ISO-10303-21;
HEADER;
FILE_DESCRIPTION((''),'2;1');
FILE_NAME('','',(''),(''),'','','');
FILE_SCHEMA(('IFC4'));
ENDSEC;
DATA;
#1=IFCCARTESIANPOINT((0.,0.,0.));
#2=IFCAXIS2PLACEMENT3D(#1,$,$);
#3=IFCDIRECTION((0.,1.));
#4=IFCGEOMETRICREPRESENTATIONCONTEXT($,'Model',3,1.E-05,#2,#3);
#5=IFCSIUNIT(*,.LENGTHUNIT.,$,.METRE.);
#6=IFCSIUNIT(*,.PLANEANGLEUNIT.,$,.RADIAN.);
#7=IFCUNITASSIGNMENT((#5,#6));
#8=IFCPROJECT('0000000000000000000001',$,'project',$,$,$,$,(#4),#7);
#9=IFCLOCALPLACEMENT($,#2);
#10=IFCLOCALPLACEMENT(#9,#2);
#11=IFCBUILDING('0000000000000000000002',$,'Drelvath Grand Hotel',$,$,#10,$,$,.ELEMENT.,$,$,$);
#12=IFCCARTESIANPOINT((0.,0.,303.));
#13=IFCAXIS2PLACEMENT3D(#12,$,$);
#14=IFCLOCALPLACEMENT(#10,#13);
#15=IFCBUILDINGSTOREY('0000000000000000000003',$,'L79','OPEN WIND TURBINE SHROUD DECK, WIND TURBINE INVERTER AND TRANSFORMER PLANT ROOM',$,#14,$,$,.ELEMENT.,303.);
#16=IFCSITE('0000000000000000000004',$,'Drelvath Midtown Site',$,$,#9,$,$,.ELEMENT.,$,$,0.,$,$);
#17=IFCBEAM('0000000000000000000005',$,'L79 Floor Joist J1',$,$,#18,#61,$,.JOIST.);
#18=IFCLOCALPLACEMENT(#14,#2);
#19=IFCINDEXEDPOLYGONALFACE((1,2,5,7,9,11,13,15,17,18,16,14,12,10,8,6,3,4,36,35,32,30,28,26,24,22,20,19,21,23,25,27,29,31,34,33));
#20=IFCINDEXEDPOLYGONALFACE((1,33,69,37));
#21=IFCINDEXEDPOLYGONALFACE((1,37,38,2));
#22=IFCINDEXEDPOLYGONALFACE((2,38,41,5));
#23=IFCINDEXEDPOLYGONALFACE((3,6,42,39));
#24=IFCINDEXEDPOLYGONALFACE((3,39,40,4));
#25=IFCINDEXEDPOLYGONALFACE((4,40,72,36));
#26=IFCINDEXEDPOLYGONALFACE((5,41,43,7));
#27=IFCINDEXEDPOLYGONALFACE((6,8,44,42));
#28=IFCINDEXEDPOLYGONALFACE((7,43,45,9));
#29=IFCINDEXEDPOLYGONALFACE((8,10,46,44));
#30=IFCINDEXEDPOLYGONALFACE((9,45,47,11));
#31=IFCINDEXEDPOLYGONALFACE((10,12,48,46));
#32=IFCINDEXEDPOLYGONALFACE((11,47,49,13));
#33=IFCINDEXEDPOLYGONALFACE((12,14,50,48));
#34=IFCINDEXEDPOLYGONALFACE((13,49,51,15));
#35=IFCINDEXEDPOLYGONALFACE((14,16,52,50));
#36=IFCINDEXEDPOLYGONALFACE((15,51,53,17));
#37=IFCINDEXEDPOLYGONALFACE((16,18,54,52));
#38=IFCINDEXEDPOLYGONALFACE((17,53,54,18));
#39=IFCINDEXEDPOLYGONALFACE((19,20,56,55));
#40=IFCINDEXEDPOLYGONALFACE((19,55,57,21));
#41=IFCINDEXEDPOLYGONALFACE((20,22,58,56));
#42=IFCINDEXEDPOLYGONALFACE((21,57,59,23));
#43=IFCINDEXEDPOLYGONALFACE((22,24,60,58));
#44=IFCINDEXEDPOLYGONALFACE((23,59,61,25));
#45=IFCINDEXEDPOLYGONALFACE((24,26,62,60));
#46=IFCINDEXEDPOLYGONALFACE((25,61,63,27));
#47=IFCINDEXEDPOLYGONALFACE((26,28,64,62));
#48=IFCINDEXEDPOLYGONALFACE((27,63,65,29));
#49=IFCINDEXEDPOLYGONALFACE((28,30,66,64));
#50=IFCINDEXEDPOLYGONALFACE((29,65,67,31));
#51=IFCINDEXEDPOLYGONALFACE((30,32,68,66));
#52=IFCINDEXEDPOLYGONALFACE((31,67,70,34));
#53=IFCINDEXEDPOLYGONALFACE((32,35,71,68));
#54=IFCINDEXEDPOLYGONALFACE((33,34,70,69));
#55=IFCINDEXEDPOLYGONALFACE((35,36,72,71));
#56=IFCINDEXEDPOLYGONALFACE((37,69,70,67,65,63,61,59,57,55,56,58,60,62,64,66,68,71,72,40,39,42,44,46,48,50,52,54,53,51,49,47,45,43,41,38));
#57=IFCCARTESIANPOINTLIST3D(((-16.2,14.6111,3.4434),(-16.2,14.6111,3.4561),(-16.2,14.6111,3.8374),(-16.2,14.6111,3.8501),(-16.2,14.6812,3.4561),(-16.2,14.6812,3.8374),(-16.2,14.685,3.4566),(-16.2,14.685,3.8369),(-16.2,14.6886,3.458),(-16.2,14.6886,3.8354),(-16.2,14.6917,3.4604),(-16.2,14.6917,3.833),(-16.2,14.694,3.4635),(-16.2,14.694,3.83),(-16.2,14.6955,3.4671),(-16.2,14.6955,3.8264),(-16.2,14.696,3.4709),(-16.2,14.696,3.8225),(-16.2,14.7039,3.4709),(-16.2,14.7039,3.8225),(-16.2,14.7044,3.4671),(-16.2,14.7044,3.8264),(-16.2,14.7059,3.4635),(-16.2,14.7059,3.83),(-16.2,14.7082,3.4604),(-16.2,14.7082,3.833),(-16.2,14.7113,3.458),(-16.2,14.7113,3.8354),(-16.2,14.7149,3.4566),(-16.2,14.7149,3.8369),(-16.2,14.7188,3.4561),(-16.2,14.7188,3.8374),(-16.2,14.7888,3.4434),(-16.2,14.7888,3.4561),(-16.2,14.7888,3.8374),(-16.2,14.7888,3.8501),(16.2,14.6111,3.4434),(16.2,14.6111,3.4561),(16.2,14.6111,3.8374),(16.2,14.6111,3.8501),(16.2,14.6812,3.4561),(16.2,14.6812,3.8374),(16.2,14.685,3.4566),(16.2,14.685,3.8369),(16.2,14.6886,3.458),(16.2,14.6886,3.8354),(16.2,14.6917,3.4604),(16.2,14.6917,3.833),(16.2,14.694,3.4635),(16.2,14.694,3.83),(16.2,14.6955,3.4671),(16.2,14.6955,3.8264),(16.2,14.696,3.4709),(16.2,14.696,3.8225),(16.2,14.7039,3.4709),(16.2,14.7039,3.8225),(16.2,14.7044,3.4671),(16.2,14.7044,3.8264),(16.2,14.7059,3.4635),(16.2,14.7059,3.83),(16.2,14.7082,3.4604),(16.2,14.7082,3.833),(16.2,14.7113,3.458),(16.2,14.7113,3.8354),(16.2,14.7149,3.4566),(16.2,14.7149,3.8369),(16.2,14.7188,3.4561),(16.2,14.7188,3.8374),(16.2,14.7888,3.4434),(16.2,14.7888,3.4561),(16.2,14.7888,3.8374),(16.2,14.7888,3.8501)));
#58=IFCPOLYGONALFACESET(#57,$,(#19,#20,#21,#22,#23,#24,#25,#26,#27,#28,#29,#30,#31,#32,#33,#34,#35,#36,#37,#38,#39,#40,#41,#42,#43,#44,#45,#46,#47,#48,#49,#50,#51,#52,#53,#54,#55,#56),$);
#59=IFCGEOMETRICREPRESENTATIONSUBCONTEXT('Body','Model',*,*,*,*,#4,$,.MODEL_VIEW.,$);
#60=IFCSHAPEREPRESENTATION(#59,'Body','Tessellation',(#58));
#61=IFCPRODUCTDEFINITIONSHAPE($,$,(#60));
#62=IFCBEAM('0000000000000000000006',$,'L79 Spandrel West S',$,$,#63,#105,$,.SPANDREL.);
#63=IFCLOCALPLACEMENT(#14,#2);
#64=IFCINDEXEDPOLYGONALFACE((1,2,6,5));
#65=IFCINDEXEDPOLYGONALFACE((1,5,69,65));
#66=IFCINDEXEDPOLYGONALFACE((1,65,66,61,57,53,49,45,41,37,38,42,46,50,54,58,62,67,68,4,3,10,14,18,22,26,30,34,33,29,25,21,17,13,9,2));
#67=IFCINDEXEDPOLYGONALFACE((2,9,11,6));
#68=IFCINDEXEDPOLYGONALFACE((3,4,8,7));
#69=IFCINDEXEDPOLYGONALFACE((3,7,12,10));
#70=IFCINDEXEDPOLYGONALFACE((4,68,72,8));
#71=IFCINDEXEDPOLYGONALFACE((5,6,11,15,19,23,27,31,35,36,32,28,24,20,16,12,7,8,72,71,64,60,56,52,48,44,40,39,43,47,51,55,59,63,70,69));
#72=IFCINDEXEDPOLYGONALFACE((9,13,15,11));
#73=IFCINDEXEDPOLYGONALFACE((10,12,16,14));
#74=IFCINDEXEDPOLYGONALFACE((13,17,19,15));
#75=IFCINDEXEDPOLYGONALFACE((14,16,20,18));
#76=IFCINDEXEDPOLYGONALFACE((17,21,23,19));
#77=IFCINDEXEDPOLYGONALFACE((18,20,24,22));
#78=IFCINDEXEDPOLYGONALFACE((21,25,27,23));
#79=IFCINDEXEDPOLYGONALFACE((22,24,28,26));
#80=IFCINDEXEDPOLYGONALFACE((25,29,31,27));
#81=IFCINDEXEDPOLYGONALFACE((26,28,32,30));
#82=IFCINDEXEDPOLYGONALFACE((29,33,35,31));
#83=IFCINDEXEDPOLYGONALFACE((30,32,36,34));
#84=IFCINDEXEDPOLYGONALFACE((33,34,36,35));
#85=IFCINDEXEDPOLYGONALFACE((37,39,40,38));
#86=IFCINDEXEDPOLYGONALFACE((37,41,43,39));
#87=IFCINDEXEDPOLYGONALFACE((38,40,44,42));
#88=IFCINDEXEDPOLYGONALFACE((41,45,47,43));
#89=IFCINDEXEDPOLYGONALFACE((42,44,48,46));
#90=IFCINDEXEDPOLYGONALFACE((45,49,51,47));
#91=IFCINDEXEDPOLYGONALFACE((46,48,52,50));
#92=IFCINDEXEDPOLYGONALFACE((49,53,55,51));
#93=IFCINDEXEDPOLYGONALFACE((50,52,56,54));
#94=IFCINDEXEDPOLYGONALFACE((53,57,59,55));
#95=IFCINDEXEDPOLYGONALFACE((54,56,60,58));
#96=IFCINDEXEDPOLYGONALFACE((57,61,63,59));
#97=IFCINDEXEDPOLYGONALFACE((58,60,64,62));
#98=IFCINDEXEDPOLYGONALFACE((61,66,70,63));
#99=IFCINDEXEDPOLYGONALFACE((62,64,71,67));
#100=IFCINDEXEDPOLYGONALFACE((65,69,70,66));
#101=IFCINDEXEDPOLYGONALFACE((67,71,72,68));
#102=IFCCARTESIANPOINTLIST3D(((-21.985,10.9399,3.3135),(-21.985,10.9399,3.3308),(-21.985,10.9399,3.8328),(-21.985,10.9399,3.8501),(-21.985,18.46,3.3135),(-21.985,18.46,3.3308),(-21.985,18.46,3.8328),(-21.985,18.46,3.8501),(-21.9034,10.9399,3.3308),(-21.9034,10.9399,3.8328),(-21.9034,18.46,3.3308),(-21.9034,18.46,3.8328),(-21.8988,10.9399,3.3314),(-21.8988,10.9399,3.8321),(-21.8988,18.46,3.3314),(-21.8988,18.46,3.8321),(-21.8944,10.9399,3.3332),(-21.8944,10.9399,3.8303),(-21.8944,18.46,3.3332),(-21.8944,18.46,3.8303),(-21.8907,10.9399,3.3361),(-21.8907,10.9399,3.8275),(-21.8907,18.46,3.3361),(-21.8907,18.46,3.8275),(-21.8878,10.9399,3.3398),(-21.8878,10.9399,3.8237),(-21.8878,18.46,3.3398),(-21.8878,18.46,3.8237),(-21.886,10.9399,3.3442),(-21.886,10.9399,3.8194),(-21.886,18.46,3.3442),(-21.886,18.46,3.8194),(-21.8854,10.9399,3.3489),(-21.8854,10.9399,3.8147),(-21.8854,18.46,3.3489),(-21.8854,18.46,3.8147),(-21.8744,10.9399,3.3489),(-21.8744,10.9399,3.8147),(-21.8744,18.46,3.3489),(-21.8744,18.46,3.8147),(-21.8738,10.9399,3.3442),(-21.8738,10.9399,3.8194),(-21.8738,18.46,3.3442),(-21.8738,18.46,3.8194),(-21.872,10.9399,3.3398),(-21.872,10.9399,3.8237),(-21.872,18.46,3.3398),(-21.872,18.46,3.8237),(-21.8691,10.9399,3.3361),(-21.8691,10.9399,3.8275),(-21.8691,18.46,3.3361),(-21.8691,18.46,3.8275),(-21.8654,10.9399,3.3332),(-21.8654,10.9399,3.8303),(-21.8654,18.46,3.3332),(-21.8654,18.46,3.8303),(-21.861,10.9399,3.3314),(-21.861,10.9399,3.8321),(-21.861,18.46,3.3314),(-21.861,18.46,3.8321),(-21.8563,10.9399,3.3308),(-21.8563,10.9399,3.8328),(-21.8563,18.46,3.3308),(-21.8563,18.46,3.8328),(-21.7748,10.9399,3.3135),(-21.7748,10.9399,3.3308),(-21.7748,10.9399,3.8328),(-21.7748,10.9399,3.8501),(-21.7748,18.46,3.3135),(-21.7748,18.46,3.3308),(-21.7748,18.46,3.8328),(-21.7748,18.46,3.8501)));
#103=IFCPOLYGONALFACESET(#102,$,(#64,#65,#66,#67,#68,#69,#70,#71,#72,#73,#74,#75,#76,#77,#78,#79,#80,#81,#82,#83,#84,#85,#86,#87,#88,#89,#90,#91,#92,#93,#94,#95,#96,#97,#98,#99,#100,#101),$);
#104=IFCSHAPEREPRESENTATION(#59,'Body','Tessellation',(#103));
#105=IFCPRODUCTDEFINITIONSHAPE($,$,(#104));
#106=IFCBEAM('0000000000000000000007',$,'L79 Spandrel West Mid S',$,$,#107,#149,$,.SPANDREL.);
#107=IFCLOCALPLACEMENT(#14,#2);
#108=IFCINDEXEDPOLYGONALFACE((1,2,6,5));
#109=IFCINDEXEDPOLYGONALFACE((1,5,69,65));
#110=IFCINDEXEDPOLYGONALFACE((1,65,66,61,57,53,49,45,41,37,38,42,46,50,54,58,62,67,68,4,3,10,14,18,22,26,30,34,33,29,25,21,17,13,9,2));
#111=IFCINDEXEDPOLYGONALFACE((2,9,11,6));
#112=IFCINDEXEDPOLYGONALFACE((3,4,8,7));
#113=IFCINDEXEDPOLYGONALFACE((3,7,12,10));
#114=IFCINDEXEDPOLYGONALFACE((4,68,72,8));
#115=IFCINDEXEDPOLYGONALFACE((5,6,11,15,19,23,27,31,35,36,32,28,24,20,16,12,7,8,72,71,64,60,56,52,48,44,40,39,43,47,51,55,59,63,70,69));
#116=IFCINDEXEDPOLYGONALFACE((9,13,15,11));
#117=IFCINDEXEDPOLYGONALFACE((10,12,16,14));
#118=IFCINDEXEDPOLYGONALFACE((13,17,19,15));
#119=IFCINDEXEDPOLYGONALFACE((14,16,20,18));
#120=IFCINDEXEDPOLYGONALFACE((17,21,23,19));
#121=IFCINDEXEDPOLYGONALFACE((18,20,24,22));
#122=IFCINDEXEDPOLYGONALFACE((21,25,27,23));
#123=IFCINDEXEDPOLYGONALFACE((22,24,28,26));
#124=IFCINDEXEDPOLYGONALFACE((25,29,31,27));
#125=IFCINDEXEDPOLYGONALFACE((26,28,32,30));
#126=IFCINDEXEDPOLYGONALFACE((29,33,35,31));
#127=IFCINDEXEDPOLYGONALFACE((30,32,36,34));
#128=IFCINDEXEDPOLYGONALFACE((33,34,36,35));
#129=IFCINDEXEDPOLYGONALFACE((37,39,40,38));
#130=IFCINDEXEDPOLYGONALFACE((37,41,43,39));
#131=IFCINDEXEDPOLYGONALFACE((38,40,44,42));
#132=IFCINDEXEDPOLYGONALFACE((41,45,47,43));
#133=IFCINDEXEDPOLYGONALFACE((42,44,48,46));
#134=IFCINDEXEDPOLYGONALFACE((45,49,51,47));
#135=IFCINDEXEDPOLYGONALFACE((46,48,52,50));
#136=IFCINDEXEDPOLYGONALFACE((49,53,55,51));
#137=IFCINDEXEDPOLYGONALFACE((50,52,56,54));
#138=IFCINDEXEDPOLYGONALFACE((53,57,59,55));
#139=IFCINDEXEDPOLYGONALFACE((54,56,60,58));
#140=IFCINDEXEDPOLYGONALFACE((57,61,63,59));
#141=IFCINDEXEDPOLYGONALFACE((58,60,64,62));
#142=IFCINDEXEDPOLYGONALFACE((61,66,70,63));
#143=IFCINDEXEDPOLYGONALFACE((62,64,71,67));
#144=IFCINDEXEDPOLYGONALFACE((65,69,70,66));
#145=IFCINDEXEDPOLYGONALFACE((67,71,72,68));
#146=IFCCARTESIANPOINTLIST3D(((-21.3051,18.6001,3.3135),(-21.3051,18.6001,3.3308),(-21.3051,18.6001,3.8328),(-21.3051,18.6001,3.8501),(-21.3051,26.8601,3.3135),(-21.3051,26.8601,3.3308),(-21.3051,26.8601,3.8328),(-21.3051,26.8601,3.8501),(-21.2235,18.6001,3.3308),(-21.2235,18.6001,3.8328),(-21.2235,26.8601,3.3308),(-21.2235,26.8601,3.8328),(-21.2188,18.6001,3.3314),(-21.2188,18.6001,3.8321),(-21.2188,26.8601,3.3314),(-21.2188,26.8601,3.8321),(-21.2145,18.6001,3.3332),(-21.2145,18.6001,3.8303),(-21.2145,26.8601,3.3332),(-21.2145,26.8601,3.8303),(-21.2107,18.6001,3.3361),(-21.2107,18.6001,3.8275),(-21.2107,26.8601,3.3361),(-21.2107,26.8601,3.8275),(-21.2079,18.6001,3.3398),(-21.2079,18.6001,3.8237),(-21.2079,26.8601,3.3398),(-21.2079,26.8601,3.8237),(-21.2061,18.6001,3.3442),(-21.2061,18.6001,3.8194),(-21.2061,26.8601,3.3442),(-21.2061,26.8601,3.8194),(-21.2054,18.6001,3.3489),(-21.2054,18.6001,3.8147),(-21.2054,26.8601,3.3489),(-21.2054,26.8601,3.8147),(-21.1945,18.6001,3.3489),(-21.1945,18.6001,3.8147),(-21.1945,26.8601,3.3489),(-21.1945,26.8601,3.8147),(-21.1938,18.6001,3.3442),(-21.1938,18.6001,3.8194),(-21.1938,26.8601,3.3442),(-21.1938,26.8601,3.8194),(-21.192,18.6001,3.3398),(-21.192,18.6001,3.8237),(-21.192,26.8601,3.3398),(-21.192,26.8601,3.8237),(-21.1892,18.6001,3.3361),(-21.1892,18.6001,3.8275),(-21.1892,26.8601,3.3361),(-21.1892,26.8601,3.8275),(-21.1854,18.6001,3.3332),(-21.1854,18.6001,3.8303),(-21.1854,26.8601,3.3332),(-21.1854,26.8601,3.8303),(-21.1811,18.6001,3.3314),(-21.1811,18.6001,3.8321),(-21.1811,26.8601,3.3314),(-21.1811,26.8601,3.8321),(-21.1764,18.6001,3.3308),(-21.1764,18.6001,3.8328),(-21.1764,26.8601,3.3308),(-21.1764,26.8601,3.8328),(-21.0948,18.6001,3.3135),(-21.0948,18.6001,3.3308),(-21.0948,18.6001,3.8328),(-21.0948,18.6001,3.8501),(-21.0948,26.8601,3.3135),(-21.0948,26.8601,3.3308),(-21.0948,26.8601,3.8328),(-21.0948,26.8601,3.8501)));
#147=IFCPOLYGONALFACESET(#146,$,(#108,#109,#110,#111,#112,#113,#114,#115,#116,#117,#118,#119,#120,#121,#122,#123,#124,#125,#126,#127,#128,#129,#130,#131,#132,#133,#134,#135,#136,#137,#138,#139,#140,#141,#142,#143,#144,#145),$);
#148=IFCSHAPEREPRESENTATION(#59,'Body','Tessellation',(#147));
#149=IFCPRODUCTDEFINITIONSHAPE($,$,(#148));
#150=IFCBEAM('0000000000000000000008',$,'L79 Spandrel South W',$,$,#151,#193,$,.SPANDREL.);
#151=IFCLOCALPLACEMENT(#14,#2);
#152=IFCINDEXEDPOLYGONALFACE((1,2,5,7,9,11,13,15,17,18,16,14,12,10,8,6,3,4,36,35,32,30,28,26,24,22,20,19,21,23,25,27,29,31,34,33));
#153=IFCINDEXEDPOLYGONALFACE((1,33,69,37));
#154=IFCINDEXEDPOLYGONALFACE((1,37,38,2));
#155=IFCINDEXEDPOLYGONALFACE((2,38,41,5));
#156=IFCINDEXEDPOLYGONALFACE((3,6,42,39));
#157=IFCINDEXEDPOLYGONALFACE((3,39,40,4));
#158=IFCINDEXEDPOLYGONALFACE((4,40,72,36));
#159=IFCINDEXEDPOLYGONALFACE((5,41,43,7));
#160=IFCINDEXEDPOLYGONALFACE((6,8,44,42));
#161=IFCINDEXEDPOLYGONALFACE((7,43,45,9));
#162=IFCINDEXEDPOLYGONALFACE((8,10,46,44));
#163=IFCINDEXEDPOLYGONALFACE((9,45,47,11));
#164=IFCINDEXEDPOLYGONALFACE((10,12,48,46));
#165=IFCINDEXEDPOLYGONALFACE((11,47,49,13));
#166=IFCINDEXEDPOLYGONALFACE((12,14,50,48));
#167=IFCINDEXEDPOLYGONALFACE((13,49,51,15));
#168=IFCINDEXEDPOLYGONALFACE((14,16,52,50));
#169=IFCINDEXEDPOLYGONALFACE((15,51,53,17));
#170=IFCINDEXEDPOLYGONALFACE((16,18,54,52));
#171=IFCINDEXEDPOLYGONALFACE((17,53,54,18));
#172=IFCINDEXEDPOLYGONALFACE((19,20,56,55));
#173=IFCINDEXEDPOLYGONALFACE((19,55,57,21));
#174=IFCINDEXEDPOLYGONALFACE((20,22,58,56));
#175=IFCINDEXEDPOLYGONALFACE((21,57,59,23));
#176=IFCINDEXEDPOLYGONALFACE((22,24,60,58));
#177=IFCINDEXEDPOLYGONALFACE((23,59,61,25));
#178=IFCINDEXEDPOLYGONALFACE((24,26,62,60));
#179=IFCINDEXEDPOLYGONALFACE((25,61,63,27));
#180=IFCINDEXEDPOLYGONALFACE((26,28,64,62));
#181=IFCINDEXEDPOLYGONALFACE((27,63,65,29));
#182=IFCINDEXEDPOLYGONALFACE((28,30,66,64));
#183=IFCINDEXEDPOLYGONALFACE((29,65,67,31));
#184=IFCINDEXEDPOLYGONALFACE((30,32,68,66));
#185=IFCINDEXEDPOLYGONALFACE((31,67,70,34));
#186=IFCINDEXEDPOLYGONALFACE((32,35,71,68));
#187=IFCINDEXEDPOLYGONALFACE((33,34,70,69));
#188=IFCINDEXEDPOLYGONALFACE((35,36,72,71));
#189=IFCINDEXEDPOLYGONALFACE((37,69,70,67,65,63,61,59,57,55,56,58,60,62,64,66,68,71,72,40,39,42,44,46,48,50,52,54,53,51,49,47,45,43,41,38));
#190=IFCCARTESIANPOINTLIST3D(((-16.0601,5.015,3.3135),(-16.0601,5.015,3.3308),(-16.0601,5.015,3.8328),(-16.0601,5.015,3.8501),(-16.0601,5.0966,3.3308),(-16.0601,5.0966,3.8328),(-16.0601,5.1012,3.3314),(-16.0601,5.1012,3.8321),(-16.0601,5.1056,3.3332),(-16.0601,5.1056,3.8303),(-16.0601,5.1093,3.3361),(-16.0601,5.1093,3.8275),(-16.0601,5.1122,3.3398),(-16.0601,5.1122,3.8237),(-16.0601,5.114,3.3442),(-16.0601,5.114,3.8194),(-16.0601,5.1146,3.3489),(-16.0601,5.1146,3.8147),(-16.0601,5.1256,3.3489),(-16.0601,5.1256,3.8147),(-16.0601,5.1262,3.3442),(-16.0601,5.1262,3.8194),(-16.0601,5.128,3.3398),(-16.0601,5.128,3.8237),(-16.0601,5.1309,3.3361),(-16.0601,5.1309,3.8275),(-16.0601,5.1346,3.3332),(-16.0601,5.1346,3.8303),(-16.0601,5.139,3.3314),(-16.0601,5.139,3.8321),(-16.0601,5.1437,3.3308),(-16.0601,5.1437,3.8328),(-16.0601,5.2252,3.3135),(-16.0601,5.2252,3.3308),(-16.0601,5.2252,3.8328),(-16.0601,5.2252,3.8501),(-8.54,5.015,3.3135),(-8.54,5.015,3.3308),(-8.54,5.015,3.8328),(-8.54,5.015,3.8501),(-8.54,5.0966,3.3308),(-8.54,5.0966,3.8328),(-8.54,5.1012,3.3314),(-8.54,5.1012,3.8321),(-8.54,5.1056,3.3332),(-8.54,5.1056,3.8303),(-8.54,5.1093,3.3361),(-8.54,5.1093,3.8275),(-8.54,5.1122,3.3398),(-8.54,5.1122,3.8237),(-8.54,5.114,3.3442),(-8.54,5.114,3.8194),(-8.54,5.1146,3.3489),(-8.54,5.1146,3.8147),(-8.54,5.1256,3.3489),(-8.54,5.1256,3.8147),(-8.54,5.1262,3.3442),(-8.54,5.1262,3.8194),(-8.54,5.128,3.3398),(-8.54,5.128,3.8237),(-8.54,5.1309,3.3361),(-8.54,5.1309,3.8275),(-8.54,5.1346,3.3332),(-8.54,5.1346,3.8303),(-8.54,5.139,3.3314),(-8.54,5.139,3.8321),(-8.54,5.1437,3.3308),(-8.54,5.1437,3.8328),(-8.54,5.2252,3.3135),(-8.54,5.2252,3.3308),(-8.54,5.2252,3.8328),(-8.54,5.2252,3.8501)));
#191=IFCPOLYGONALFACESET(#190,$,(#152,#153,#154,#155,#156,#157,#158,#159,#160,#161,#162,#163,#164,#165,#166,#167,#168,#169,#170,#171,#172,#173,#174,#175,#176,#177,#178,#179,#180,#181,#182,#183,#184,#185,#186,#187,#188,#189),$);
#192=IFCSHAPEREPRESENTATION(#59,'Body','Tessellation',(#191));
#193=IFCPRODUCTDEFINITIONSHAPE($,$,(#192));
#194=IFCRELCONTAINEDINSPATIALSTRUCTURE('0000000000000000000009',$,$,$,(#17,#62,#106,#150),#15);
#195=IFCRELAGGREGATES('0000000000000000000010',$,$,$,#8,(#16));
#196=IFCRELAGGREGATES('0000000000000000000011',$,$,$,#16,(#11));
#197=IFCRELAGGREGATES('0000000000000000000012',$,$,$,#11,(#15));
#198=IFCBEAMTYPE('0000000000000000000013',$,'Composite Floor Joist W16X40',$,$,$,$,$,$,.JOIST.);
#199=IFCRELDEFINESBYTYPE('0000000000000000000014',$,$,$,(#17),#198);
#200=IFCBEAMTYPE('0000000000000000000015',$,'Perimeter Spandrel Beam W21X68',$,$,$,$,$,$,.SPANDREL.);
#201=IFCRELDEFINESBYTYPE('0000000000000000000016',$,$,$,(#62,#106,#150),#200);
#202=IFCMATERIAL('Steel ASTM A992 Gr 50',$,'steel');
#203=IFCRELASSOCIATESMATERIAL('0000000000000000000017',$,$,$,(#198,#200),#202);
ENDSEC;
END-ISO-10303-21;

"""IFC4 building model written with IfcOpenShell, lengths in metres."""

from ifc_helpers import new_model, si_unit, direction, frame, origin, origin_2d, place, context, subcontext, project, spatial, i_section, extrude, material, material_profile, profile_set, type_object, element, save


model = new_model("IFC4")

# Units and contexts
model_context = context("Model", 3, precision=1e-05, world=origin(), true_north=direction((0.0, 1.0)))
body_context = subcontext(model_context, "Body", "Model", "MODEL_VIEW")
ifc_project = project(units=[si_unit("LENGTHUNIT", "METRE"), si_unit("PLANEANGLEUNIT", "RADIAN")], contexts=[model_context])

# Site, building, storey
site_placement = place(None, origin())
site = spatial("IfcSite", under=ifc_project, at=site_placement, Name="Drelvath Midtown Site", CompositionType="ELEMENT", RefElevation=0.0)
building_placement = place(site_placement, origin())
building = spatial("IfcBuilding", under=site, at=building_placement, Name="Drelvath Grand Hotel", CompositionType="ELEMENT")
storey_placement = place(building_placement, frame((0.0, 0.0, 303.0)))
storey = spatial("IfcBuildingStorey", under=building, at=storey_placement, Name="L79", Description="OPEN WIND TURBINE SHROUD DECK, WIND TURBINE INVERTER AND TRANSFORMER PLANT ROOM", CompositionType="ELEMENT", Elevation=303.0)

# Beams
ifc_material_1 = material(Name="Steel ASTM A992 Gr 50", Category="steel")
ifc_material_profile_1 = material_profile(ifc_material_1, i_section(OverallWidth=0.1777, OverallDepth=0.4067, WebThickness=0.0078, FlangeThickness=0.0127, FilletRadius=0.0149, at=origin_2d()), Name="W16X40")
ifc_profile_set_1 = profile_set([ifc_material_profile_1], Name="Steel ASTM A992 Gr 50")
beam_type_1 = type_object("IfcBeamType", Name="Composite Floor Joist W16X40", PredefinedType="JOIST", material=ifc_profile_set_1)
beam_1_placement = place(storey_placement, frame((-16.2, 14.7, 3.6467), z_axis=(1.0, 0.0, 0.0), x_axis=(0.0, 1.0, 0.0)))
element("IfcBeam", 1, at=beam_1_placement, inside=storey, type_object=beam_type_1, Name="L79 Floor Joist J1", PredefinedType="JOIST", context=body_context, shape_type="SweptSolid", body=[
    extrude(i_section(OverallWidth=0.1777, OverallDepth=0.4067, WebThickness=0.0078, FlangeThickness=0.0127, FilletRadius=0.0149, at=origin_2d()), origin(), (0.0, 0.0, 1.0), 32.3999),
])
ifc_material_profile_2 = material_profile(ifc_material_1, i_section(OverallWidth=0.2102, OverallDepth=0.5366, WebThickness=0.011, FlangeThickness=0.0173, FilletRadius=0.0181, at=origin_2d()), Name="W21X68")
ifc_profile_set_2 = profile_set([ifc_material_profile_2], Name="Steel ASTM A992 Gr 50")
beam_type_2 = type_object("IfcBeamType", Name="Perimeter Spandrel Beam W21X68", PredefinedType="SPANDREL", material=ifc_profile_set_2)
beam_2_placement = place(storey_placement, frame((-21.8799, 10.9399, 3.5818), z_axis=(0.0, 1.0, 0.0), x_axis=(-1.0, 0.0, 0.0)))
element("IfcBeam", 2, at=beam_2_placement, inside=storey, type_object=beam_type_2, Name="L79 Spandrel West S", PredefinedType="SPANDREL", context=body_context, shape_type="SweptSolid", body=[
    extrude(i_section(OverallWidth=0.2102, OverallDepth=0.5366, WebThickness=0.011, FlangeThickness=0.0173, FilletRadius=0.0181, at=origin_2d()), origin(), (0.0, 0.0, 1.0), 7.52),
])
beam_3_placement = place(storey_placement, frame((-21.2, 18.6001, 3.5818), z_axis=(0.0, 1.0, 0.0), x_axis=(-1.0, 0.0, 0.0)))
element("IfcBeam", 3, at=beam_3_placement, inside=storey, type_object=beam_type_2, Name="L79 Spandrel West Mid S", PredefinedType="SPANDREL", context=body_context, shape_type="SweptSolid", body=[
    extrude(i_section(OverallWidth=0.2102, OverallDepth=0.5366, WebThickness=0.011, FlangeThickness=0.0173, FilletRadius=0.0181, at=origin_2d()), origin(), (0.0, 0.0, 1.0), 8.26),
])
beam_4_placement = place(storey_placement, frame((-16.0601, 5.1201, 3.5818), z_axis=(1.0, 0.0, 0.0), x_axis=(0.0, 1.0, 0.0)))
element("IfcBeam", 4, at=beam_4_placement, inside=storey, type_object=beam_type_2, Name="L79 Spandrel South W", PredefinedType="SPANDREL", context=body_context, shape_type="SweptSolid", body=[
    extrude(i_section(OverallWidth=0.2102, OverallDepth=0.5366, WebThickness=0.011, FlangeThickness=0.0173, FilletRadius=0.0181, at=origin_2d()), origin(), (0.0, 0.0, 1.0), 7.52),
])

save(model, "model.ifc")
